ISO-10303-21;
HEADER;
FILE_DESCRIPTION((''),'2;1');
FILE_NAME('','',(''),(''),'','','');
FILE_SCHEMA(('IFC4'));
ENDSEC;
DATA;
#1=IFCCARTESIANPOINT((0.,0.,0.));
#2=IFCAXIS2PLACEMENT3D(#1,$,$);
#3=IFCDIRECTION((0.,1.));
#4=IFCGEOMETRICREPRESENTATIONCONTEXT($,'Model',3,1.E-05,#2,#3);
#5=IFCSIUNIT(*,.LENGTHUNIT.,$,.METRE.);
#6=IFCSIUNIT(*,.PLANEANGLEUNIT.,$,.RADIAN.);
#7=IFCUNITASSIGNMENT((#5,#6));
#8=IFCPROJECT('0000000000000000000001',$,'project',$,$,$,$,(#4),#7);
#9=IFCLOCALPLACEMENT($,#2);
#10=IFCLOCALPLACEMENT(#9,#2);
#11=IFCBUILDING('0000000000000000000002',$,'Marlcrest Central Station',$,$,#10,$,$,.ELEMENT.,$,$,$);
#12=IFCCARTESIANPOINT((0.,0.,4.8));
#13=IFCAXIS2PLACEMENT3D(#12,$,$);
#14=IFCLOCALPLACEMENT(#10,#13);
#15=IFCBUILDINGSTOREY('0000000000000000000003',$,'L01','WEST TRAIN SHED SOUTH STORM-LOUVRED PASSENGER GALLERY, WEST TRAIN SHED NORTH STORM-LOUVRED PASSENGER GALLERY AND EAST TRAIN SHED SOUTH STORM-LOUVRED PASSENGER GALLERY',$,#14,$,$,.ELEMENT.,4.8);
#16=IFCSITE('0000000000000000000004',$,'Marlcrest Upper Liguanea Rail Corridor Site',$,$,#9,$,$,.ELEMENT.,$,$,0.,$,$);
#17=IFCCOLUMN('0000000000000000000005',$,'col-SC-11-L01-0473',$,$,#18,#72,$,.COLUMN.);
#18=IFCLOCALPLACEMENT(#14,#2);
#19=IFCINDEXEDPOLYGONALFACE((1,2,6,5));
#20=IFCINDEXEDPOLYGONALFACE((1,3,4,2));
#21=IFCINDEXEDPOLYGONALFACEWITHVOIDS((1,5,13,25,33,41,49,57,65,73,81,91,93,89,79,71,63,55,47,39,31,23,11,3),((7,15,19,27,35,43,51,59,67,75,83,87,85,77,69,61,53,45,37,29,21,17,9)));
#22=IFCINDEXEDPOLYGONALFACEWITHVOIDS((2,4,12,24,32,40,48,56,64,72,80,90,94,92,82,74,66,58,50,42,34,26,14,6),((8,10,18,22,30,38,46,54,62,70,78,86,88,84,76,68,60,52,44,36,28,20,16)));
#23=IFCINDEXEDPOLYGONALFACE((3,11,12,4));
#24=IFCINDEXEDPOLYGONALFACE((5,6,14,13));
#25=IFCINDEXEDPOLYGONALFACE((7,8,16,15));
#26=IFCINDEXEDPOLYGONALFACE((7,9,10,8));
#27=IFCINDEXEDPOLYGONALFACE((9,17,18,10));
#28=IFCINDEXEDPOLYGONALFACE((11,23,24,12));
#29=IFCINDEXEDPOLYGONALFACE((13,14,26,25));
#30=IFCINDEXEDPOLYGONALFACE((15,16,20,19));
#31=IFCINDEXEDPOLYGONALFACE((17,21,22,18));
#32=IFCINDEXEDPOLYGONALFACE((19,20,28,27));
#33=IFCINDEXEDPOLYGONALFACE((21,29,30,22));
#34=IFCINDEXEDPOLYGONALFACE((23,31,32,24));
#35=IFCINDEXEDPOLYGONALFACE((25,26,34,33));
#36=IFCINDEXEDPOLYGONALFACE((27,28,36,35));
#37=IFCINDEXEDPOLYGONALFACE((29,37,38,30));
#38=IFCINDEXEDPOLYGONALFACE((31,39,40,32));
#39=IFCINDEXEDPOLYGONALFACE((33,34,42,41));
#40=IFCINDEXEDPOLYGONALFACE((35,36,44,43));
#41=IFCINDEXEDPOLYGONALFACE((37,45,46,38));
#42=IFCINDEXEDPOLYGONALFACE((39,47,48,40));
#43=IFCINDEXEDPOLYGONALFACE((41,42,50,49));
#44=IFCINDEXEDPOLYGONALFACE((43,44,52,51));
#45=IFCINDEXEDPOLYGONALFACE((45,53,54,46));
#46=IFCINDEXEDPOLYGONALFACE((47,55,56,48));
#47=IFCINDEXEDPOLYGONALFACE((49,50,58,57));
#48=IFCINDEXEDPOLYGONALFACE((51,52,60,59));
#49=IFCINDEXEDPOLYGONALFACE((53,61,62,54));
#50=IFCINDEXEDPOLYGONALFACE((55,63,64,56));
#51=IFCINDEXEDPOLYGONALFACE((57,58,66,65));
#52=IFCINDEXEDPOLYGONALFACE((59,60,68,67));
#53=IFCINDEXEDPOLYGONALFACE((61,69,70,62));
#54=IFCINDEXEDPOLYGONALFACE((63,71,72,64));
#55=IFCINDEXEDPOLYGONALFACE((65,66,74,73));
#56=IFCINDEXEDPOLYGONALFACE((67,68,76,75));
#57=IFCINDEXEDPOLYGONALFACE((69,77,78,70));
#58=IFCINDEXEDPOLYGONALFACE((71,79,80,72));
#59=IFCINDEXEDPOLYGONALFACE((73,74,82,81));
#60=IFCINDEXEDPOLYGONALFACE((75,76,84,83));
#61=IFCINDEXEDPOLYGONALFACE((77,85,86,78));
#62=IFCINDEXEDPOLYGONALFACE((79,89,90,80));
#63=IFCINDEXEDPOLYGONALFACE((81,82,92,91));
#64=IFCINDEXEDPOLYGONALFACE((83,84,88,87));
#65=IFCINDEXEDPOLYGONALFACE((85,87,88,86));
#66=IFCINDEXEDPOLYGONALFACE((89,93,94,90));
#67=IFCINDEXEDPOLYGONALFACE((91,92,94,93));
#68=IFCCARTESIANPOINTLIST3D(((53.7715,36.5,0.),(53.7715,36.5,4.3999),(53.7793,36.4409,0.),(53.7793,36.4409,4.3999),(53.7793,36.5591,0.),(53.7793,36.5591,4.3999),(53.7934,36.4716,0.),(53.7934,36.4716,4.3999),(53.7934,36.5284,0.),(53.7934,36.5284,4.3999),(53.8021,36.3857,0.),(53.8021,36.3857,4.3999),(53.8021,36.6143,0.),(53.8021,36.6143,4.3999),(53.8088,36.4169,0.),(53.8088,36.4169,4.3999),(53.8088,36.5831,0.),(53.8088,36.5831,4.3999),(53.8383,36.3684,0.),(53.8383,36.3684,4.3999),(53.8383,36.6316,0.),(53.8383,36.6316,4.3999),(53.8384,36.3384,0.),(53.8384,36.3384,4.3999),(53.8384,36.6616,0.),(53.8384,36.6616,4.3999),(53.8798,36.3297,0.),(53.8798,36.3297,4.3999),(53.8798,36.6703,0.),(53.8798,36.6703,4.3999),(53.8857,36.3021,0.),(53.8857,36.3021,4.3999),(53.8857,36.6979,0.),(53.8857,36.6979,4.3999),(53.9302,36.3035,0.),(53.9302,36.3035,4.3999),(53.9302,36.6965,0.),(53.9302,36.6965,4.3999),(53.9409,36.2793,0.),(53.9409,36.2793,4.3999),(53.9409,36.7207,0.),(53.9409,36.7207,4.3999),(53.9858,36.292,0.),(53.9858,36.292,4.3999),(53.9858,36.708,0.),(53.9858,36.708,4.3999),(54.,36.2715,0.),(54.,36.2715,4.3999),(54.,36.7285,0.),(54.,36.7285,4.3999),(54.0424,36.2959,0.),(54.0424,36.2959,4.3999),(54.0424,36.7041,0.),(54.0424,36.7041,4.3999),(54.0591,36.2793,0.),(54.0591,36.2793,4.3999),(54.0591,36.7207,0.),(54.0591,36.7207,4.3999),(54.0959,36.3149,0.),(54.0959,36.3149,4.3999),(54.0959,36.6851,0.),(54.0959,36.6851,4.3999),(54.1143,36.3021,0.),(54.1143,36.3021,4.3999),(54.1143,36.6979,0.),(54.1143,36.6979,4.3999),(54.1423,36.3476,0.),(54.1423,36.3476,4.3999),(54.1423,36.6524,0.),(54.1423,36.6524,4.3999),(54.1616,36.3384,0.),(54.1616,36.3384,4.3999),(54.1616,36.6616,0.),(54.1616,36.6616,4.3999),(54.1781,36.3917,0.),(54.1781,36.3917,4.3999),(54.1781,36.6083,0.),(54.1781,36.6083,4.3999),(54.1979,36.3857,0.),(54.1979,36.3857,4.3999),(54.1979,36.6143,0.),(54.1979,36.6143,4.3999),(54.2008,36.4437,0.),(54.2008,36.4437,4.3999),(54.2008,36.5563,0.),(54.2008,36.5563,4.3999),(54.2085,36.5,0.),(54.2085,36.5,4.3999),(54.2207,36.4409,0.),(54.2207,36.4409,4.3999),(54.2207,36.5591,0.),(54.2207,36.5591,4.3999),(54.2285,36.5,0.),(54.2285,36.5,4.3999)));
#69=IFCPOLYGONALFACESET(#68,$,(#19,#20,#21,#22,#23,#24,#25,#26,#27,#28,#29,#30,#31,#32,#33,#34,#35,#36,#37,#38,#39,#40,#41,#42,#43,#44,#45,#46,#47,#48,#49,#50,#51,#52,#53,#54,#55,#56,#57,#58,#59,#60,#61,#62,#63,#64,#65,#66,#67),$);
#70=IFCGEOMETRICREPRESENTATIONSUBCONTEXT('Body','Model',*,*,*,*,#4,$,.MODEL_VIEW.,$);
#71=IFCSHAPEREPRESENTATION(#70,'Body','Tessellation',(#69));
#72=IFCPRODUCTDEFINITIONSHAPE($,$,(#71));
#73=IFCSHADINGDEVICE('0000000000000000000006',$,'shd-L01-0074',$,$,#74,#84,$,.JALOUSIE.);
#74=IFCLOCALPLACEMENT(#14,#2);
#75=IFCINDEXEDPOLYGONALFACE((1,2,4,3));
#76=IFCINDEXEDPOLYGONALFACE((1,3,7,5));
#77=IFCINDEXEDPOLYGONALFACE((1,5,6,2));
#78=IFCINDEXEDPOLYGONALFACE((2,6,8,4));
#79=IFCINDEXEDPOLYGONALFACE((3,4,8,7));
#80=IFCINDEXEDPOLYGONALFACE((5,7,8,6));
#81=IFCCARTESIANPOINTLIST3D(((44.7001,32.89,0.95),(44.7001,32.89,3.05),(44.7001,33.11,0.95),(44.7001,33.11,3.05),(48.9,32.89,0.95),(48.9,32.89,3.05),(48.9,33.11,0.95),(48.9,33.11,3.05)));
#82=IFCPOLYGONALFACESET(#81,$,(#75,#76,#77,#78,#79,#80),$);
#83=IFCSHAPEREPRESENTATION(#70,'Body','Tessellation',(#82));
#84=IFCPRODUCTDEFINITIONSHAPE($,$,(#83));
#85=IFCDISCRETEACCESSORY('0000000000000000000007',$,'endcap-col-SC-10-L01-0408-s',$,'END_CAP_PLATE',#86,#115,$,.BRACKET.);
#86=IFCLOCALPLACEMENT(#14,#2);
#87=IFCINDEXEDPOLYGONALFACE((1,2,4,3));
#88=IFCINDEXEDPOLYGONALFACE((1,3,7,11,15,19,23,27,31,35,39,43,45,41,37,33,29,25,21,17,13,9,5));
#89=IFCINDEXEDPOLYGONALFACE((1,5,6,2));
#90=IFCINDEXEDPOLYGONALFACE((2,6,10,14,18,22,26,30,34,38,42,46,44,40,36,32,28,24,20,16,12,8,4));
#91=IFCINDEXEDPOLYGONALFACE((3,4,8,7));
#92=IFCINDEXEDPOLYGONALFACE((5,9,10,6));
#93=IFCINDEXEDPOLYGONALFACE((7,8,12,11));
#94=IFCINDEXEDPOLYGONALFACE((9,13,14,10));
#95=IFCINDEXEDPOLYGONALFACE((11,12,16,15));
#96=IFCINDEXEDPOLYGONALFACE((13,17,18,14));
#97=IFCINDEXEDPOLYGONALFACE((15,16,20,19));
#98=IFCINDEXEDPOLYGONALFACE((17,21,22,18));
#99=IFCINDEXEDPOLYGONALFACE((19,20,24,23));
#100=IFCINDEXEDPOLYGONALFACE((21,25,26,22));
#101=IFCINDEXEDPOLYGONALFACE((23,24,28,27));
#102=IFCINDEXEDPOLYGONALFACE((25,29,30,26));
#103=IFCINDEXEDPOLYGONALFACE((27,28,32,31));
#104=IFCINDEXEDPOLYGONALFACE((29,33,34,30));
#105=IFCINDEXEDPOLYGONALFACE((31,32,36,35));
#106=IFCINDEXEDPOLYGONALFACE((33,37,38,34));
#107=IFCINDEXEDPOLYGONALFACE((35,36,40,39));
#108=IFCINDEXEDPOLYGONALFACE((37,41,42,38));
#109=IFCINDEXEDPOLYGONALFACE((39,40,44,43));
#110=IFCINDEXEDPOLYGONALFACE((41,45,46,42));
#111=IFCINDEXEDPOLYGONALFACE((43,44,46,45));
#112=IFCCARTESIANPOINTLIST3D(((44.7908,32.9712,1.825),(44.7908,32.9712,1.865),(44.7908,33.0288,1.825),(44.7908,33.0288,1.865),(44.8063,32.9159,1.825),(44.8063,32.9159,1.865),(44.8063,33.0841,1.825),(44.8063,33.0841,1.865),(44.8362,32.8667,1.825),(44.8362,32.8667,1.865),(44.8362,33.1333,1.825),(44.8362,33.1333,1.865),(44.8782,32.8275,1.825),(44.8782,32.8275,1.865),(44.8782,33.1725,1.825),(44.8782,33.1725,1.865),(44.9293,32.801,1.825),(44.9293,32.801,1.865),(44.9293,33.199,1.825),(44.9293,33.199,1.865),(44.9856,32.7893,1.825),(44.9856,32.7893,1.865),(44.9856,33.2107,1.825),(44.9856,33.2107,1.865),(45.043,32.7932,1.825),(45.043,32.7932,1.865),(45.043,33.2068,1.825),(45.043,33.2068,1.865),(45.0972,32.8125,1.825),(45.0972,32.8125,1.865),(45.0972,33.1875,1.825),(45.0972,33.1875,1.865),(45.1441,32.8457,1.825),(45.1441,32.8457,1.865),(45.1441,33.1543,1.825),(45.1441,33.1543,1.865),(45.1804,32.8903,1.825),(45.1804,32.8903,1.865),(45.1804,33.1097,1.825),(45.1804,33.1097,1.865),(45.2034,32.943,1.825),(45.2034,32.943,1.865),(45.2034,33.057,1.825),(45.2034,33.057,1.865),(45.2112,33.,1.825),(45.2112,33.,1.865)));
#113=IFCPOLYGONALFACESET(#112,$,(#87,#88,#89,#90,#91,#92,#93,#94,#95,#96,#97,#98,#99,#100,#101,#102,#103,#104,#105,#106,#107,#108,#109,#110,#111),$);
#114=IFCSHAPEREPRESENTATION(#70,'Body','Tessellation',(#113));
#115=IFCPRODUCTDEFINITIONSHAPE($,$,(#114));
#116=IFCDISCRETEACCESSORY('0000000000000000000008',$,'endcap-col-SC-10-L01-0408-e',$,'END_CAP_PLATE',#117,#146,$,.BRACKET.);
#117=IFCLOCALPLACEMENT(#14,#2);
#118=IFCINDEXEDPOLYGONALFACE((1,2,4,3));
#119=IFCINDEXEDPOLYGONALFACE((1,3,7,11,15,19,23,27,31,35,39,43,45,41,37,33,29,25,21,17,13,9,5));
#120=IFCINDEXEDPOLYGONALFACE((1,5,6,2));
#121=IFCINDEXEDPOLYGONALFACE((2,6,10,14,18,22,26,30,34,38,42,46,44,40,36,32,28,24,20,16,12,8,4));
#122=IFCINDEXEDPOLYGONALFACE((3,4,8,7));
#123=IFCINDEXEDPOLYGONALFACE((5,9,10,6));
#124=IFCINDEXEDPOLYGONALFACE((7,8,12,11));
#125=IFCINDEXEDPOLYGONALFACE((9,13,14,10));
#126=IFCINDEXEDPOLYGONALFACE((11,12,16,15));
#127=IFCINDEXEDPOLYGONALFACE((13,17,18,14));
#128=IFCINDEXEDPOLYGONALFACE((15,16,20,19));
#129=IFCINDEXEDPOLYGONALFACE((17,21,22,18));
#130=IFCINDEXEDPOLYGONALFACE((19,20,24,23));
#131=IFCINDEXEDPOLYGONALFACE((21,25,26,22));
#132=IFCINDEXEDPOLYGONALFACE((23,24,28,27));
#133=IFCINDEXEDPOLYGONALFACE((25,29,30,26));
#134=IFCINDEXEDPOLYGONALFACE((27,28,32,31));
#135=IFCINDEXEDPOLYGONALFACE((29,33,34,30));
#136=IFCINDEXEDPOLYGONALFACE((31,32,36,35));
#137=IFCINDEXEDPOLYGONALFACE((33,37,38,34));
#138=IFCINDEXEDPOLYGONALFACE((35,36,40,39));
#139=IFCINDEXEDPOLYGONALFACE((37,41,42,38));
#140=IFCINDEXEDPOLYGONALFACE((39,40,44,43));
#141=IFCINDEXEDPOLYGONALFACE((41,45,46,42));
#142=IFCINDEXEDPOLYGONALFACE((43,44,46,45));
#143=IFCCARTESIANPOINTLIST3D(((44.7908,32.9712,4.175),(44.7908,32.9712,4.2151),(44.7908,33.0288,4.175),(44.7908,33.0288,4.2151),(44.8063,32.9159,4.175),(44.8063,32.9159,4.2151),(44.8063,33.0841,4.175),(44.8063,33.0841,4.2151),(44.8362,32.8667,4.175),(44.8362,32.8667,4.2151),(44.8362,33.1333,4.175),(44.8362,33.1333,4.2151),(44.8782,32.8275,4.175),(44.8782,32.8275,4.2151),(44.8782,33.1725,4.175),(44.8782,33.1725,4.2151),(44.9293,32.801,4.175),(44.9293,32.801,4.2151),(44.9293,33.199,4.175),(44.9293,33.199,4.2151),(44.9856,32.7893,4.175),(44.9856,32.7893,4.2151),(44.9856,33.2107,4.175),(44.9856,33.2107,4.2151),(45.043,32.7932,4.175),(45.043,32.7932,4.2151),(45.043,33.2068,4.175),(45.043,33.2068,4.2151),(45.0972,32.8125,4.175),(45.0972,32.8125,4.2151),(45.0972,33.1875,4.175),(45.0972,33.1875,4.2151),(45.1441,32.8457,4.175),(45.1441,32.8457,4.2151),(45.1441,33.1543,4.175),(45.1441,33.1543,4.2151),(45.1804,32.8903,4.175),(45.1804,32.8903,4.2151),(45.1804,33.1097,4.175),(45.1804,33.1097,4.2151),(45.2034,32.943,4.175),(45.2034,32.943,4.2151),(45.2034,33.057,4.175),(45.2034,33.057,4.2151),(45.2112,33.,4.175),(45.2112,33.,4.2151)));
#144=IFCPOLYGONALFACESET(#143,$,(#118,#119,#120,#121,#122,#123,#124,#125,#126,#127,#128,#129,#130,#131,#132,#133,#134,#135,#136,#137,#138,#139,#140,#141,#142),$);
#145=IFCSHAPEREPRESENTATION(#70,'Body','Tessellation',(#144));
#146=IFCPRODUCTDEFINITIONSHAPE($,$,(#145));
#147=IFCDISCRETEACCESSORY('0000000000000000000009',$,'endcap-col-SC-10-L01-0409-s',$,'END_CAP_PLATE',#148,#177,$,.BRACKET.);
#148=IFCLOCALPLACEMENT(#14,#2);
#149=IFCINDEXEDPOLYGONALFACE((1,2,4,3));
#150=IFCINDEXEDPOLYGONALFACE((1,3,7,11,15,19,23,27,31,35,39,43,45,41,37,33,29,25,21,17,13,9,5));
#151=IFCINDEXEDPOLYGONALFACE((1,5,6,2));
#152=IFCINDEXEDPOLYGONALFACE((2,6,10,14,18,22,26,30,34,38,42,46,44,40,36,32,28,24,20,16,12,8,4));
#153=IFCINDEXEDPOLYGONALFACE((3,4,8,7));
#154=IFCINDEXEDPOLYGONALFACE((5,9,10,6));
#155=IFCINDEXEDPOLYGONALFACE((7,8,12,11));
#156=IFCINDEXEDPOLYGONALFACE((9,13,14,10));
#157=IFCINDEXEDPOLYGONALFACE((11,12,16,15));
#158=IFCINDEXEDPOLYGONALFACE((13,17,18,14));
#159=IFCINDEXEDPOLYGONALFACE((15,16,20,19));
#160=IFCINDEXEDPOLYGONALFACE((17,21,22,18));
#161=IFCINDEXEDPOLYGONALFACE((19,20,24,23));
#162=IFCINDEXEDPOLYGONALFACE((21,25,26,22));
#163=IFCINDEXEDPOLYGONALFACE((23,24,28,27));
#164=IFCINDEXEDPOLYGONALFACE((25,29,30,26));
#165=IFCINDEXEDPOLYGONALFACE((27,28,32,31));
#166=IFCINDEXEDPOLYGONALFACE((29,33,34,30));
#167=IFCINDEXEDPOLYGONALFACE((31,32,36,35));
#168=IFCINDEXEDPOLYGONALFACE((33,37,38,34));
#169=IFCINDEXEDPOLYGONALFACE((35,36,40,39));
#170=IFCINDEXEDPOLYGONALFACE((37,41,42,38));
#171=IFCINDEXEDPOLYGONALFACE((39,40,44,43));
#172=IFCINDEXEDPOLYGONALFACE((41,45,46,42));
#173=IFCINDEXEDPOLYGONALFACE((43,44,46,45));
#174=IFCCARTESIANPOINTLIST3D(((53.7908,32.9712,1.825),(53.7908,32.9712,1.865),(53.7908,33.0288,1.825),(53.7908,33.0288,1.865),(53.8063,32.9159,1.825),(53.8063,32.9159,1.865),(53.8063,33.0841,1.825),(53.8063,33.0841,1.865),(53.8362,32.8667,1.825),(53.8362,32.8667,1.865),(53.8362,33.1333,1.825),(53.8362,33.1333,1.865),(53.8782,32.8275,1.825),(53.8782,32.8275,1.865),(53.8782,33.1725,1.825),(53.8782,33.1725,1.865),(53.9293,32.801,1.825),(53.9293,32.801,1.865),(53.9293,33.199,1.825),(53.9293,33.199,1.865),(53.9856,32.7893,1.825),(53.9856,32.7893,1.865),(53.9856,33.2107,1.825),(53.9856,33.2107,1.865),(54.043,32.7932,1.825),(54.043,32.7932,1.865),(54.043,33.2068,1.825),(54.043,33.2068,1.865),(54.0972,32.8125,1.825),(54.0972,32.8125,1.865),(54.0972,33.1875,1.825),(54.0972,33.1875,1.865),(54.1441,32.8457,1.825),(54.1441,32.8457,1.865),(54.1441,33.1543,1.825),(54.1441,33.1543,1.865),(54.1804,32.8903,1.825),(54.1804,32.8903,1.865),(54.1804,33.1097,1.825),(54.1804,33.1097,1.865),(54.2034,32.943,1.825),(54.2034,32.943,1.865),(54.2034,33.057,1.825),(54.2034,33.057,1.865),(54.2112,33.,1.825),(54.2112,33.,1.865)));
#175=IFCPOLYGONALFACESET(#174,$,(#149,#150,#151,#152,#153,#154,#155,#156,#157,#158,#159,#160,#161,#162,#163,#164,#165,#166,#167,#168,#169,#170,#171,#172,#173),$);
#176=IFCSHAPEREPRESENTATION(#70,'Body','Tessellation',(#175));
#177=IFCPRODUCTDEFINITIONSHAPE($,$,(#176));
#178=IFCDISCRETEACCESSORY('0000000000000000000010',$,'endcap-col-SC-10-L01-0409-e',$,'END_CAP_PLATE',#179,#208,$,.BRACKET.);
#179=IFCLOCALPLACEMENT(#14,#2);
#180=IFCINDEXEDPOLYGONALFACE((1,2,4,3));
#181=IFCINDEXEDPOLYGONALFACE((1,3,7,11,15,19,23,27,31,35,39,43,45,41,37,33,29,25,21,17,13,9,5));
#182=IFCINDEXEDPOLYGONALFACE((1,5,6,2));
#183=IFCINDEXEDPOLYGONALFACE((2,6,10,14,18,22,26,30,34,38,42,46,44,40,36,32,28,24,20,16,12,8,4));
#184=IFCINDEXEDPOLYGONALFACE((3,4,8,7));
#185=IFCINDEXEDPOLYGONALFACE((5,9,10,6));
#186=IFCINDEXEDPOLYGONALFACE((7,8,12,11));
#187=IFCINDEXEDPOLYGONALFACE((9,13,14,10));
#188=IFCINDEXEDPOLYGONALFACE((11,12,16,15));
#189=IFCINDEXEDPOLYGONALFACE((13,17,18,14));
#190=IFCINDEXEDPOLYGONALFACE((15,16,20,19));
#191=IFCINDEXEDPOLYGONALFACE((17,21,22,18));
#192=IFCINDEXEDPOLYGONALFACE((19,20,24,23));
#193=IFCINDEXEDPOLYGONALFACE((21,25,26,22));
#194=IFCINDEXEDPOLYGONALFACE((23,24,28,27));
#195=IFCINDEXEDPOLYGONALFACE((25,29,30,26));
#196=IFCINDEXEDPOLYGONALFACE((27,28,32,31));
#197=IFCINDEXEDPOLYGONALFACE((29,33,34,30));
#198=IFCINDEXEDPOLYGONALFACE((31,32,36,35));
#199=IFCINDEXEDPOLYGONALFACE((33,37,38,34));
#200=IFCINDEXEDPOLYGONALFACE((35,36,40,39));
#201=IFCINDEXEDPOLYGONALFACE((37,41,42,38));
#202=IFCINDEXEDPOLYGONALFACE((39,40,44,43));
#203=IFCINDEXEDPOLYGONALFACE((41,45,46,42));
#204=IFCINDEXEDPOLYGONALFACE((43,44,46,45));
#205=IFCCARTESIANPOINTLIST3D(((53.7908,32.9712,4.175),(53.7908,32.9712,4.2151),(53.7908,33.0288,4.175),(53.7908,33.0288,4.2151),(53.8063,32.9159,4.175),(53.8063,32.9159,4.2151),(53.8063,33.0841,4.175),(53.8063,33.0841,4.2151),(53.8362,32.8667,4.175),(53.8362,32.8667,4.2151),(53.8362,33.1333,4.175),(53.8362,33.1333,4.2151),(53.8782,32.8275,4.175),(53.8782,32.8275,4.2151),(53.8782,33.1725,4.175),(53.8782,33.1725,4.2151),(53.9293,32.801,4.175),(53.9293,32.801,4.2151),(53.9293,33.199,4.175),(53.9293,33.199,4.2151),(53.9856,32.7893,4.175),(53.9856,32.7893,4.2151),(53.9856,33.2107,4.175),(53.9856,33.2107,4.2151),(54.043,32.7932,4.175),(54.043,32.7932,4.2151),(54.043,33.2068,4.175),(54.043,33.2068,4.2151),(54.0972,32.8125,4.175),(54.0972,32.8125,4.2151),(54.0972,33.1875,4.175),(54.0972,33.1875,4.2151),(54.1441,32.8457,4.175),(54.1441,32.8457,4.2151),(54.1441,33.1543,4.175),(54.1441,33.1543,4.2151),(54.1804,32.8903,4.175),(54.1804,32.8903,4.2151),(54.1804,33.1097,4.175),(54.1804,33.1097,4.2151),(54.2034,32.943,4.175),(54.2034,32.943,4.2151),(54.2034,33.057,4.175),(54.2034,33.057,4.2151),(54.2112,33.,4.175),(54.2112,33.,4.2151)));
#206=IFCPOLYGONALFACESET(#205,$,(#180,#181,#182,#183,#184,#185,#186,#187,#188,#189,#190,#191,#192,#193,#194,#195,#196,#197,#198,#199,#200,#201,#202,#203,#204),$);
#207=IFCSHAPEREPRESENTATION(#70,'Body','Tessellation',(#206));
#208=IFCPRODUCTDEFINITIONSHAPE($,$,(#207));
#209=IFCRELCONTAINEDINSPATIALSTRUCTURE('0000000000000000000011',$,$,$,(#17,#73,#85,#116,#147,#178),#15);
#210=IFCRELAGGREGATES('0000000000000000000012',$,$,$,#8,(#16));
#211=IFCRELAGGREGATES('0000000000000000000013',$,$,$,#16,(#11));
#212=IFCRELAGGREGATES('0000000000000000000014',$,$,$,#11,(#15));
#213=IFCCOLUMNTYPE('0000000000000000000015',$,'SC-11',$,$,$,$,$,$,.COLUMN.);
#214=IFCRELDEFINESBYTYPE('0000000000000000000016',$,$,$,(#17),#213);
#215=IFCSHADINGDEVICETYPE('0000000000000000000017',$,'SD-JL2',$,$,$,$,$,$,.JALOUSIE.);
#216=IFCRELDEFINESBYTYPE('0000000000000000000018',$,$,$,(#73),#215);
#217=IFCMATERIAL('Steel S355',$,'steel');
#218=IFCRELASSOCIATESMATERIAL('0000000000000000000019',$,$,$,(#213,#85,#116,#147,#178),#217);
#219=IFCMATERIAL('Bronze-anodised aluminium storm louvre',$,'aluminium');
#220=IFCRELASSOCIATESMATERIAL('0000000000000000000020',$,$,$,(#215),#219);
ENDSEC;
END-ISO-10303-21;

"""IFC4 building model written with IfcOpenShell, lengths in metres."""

from ifc_helpers import new_model, si_unit, direction, frame, origin, origin_2d, place, context, subcontext, project, spatial, rectangle, circle, hollow_circle, extrude, material, material_profile, profile_set, type_object, element, save


model = new_model("IFC4")

# Units and contexts
model_context = context("Model", 3, precision=1e-05, world=origin(), true_north=direction((0.0, 1.0)))
body_context = subcontext(model_context, "Body", "Model", "MODEL_VIEW")
ifc_project = project(units=[si_unit("LENGTHUNIT", "METRE"), si_unit("PLANEANGLEUNIT", "RADIAN")], contexts=[model_context])

# Site, building, storey
site_placement = place(None, origin())
site = spatial("IfcSite", under=ifc_project, at=site_placement, Name="Marlcrest Upper Liguanea Rail Corridor Site", CompositionType="ELEMENT", RefElevation=0.0)
building_placement = place(site_placement, origin())
building = spatial("IfcBuilding", under=site, at=building_placement, Name="Marlcrest Central Station", CompositionType="ELEMENT")
storey_placement = place(building_placement, frame((0.0, 0.0, 4.8)))
storey = spatial("IfcBuildingStorey", under=building, at=storey_placement, Name="L01", Description="WEST TRAIN SHED SOUTH STORM-LOUVRED PASSENGER GALLERY, WEST TRAIN SHED NORTH STORM-LOUVRED PASSENGER GALLERY AND EAST TRAIN SHED SOUTH STORM-LOUVRED PASSENGER GALLERY", CompositionType="ELEMENT", Elevation=4.8)

# Column
ifc_material_1 = material(Name="Steel S355", Category="steel")
ifc_material_profile_1 = material_profile(ifc_material_1, hollow_circle(Radius=0.2285, WallThickness=0.02, at=origin_2d()), Name="CHS 457x20")
ifc_profile_set_1 = profile_set([ifc_material_profile_1], Name="Steel S355")
column_type_1 = type_object("IfcColumnType", Name="SC-11", PredefinedType="COLUMN", material=ifc_profile_set_1)
column_1_placement = place(storey_placement, frame((54.0, 36.5, 0.0), z_axis=(0.0, 0.0, 1.0), x_axis=(1.0, 0.0, 0.0)))
element("IfcColumn", 1, at=column_1_placement, inside=storey, type_object=column_type_1, Name="col-SC-11-L01-0473", PredefinedType="COLUMN", context=body_context, shape_type="SweptSolid", body=[
    extrude(hollow_circle(Radius=0.2285, WallThickness=0.02, at=origin_2d()), origin(), (0.0, 0.0, 1.0), 4.3999),
])

# Shading device
ifc_material_2 = material(Name="Bronze-anodised aluminium storm louvre", Category="aluminium")
shading_device_type = type_object("IfcShadingDeviceType", Name="SD-JL2", PredefinedType="JALOUSIE", material=ifc_material_2)
shading_device_placement = place(storey_placement, frame((46.8, 33.0, 0.95), z_axis=(0.0, 0.0, 1.0), x_axis=(1.0, 0.0, 0.0)))
element("IfcShadingDevice", 2, at=shading_device_placement, inside=storey, type_object=shading_device_type, Name="shd-L01-0074", PredefinedType="JALOUSIE", context=body_context, shape_type="SweptSolid", body=[
    extrude(rectangle(XDim=4.2, YDim=0.22, at=origin_2d()), origin(), (0.0, 0.0, 1.0), 2.1001),
])

# Discrete accessories
for number, where, z_axis, x_axis, name in (
    (3, (45.0, 33.0, 1.825), (0.0, 0.0, 1.0), (1.0, 0.0, 0.0), "endcap-col-SC-10-L01-0408-s"),
    (4, (45.0, 33.0, 4.175), (0.0, 0.0, 1.0), (1.0, 0.0, 0.0), "endcap-col-SC-10-L01-0408-e"),
    (5, (54.0, 33.0, 1.825), (0.0, 0.0, 1.0), (1.0, 0.0, 0.0), "endcap-col-SC-10-L01-0409-s"),
    (6, (54.0, 33.0, 4.175), (0.0, 0.0, 1.0), (1.0, 0.0, 0.0), "endcap-col-SC-10-L01-0409-e"),
):
    element("IfcDiscreteAccessory", number, at=place(storey_placement, frame(where, z_axis=z_axis, x_axis=x_axis)), inside=storey, material=ifc_material_1, Name=name, ObjectType="END_CAP_PLATE", PredefinedType="BRACKET", context=body_context, shape_type="SweptSolid", body=[
        extrude(circle(Radius=0.2112, at=origin_2d()), origin(), (0.0, 0.0, 1.0), 0.04),
    ])

save(model, "model.ifc")
